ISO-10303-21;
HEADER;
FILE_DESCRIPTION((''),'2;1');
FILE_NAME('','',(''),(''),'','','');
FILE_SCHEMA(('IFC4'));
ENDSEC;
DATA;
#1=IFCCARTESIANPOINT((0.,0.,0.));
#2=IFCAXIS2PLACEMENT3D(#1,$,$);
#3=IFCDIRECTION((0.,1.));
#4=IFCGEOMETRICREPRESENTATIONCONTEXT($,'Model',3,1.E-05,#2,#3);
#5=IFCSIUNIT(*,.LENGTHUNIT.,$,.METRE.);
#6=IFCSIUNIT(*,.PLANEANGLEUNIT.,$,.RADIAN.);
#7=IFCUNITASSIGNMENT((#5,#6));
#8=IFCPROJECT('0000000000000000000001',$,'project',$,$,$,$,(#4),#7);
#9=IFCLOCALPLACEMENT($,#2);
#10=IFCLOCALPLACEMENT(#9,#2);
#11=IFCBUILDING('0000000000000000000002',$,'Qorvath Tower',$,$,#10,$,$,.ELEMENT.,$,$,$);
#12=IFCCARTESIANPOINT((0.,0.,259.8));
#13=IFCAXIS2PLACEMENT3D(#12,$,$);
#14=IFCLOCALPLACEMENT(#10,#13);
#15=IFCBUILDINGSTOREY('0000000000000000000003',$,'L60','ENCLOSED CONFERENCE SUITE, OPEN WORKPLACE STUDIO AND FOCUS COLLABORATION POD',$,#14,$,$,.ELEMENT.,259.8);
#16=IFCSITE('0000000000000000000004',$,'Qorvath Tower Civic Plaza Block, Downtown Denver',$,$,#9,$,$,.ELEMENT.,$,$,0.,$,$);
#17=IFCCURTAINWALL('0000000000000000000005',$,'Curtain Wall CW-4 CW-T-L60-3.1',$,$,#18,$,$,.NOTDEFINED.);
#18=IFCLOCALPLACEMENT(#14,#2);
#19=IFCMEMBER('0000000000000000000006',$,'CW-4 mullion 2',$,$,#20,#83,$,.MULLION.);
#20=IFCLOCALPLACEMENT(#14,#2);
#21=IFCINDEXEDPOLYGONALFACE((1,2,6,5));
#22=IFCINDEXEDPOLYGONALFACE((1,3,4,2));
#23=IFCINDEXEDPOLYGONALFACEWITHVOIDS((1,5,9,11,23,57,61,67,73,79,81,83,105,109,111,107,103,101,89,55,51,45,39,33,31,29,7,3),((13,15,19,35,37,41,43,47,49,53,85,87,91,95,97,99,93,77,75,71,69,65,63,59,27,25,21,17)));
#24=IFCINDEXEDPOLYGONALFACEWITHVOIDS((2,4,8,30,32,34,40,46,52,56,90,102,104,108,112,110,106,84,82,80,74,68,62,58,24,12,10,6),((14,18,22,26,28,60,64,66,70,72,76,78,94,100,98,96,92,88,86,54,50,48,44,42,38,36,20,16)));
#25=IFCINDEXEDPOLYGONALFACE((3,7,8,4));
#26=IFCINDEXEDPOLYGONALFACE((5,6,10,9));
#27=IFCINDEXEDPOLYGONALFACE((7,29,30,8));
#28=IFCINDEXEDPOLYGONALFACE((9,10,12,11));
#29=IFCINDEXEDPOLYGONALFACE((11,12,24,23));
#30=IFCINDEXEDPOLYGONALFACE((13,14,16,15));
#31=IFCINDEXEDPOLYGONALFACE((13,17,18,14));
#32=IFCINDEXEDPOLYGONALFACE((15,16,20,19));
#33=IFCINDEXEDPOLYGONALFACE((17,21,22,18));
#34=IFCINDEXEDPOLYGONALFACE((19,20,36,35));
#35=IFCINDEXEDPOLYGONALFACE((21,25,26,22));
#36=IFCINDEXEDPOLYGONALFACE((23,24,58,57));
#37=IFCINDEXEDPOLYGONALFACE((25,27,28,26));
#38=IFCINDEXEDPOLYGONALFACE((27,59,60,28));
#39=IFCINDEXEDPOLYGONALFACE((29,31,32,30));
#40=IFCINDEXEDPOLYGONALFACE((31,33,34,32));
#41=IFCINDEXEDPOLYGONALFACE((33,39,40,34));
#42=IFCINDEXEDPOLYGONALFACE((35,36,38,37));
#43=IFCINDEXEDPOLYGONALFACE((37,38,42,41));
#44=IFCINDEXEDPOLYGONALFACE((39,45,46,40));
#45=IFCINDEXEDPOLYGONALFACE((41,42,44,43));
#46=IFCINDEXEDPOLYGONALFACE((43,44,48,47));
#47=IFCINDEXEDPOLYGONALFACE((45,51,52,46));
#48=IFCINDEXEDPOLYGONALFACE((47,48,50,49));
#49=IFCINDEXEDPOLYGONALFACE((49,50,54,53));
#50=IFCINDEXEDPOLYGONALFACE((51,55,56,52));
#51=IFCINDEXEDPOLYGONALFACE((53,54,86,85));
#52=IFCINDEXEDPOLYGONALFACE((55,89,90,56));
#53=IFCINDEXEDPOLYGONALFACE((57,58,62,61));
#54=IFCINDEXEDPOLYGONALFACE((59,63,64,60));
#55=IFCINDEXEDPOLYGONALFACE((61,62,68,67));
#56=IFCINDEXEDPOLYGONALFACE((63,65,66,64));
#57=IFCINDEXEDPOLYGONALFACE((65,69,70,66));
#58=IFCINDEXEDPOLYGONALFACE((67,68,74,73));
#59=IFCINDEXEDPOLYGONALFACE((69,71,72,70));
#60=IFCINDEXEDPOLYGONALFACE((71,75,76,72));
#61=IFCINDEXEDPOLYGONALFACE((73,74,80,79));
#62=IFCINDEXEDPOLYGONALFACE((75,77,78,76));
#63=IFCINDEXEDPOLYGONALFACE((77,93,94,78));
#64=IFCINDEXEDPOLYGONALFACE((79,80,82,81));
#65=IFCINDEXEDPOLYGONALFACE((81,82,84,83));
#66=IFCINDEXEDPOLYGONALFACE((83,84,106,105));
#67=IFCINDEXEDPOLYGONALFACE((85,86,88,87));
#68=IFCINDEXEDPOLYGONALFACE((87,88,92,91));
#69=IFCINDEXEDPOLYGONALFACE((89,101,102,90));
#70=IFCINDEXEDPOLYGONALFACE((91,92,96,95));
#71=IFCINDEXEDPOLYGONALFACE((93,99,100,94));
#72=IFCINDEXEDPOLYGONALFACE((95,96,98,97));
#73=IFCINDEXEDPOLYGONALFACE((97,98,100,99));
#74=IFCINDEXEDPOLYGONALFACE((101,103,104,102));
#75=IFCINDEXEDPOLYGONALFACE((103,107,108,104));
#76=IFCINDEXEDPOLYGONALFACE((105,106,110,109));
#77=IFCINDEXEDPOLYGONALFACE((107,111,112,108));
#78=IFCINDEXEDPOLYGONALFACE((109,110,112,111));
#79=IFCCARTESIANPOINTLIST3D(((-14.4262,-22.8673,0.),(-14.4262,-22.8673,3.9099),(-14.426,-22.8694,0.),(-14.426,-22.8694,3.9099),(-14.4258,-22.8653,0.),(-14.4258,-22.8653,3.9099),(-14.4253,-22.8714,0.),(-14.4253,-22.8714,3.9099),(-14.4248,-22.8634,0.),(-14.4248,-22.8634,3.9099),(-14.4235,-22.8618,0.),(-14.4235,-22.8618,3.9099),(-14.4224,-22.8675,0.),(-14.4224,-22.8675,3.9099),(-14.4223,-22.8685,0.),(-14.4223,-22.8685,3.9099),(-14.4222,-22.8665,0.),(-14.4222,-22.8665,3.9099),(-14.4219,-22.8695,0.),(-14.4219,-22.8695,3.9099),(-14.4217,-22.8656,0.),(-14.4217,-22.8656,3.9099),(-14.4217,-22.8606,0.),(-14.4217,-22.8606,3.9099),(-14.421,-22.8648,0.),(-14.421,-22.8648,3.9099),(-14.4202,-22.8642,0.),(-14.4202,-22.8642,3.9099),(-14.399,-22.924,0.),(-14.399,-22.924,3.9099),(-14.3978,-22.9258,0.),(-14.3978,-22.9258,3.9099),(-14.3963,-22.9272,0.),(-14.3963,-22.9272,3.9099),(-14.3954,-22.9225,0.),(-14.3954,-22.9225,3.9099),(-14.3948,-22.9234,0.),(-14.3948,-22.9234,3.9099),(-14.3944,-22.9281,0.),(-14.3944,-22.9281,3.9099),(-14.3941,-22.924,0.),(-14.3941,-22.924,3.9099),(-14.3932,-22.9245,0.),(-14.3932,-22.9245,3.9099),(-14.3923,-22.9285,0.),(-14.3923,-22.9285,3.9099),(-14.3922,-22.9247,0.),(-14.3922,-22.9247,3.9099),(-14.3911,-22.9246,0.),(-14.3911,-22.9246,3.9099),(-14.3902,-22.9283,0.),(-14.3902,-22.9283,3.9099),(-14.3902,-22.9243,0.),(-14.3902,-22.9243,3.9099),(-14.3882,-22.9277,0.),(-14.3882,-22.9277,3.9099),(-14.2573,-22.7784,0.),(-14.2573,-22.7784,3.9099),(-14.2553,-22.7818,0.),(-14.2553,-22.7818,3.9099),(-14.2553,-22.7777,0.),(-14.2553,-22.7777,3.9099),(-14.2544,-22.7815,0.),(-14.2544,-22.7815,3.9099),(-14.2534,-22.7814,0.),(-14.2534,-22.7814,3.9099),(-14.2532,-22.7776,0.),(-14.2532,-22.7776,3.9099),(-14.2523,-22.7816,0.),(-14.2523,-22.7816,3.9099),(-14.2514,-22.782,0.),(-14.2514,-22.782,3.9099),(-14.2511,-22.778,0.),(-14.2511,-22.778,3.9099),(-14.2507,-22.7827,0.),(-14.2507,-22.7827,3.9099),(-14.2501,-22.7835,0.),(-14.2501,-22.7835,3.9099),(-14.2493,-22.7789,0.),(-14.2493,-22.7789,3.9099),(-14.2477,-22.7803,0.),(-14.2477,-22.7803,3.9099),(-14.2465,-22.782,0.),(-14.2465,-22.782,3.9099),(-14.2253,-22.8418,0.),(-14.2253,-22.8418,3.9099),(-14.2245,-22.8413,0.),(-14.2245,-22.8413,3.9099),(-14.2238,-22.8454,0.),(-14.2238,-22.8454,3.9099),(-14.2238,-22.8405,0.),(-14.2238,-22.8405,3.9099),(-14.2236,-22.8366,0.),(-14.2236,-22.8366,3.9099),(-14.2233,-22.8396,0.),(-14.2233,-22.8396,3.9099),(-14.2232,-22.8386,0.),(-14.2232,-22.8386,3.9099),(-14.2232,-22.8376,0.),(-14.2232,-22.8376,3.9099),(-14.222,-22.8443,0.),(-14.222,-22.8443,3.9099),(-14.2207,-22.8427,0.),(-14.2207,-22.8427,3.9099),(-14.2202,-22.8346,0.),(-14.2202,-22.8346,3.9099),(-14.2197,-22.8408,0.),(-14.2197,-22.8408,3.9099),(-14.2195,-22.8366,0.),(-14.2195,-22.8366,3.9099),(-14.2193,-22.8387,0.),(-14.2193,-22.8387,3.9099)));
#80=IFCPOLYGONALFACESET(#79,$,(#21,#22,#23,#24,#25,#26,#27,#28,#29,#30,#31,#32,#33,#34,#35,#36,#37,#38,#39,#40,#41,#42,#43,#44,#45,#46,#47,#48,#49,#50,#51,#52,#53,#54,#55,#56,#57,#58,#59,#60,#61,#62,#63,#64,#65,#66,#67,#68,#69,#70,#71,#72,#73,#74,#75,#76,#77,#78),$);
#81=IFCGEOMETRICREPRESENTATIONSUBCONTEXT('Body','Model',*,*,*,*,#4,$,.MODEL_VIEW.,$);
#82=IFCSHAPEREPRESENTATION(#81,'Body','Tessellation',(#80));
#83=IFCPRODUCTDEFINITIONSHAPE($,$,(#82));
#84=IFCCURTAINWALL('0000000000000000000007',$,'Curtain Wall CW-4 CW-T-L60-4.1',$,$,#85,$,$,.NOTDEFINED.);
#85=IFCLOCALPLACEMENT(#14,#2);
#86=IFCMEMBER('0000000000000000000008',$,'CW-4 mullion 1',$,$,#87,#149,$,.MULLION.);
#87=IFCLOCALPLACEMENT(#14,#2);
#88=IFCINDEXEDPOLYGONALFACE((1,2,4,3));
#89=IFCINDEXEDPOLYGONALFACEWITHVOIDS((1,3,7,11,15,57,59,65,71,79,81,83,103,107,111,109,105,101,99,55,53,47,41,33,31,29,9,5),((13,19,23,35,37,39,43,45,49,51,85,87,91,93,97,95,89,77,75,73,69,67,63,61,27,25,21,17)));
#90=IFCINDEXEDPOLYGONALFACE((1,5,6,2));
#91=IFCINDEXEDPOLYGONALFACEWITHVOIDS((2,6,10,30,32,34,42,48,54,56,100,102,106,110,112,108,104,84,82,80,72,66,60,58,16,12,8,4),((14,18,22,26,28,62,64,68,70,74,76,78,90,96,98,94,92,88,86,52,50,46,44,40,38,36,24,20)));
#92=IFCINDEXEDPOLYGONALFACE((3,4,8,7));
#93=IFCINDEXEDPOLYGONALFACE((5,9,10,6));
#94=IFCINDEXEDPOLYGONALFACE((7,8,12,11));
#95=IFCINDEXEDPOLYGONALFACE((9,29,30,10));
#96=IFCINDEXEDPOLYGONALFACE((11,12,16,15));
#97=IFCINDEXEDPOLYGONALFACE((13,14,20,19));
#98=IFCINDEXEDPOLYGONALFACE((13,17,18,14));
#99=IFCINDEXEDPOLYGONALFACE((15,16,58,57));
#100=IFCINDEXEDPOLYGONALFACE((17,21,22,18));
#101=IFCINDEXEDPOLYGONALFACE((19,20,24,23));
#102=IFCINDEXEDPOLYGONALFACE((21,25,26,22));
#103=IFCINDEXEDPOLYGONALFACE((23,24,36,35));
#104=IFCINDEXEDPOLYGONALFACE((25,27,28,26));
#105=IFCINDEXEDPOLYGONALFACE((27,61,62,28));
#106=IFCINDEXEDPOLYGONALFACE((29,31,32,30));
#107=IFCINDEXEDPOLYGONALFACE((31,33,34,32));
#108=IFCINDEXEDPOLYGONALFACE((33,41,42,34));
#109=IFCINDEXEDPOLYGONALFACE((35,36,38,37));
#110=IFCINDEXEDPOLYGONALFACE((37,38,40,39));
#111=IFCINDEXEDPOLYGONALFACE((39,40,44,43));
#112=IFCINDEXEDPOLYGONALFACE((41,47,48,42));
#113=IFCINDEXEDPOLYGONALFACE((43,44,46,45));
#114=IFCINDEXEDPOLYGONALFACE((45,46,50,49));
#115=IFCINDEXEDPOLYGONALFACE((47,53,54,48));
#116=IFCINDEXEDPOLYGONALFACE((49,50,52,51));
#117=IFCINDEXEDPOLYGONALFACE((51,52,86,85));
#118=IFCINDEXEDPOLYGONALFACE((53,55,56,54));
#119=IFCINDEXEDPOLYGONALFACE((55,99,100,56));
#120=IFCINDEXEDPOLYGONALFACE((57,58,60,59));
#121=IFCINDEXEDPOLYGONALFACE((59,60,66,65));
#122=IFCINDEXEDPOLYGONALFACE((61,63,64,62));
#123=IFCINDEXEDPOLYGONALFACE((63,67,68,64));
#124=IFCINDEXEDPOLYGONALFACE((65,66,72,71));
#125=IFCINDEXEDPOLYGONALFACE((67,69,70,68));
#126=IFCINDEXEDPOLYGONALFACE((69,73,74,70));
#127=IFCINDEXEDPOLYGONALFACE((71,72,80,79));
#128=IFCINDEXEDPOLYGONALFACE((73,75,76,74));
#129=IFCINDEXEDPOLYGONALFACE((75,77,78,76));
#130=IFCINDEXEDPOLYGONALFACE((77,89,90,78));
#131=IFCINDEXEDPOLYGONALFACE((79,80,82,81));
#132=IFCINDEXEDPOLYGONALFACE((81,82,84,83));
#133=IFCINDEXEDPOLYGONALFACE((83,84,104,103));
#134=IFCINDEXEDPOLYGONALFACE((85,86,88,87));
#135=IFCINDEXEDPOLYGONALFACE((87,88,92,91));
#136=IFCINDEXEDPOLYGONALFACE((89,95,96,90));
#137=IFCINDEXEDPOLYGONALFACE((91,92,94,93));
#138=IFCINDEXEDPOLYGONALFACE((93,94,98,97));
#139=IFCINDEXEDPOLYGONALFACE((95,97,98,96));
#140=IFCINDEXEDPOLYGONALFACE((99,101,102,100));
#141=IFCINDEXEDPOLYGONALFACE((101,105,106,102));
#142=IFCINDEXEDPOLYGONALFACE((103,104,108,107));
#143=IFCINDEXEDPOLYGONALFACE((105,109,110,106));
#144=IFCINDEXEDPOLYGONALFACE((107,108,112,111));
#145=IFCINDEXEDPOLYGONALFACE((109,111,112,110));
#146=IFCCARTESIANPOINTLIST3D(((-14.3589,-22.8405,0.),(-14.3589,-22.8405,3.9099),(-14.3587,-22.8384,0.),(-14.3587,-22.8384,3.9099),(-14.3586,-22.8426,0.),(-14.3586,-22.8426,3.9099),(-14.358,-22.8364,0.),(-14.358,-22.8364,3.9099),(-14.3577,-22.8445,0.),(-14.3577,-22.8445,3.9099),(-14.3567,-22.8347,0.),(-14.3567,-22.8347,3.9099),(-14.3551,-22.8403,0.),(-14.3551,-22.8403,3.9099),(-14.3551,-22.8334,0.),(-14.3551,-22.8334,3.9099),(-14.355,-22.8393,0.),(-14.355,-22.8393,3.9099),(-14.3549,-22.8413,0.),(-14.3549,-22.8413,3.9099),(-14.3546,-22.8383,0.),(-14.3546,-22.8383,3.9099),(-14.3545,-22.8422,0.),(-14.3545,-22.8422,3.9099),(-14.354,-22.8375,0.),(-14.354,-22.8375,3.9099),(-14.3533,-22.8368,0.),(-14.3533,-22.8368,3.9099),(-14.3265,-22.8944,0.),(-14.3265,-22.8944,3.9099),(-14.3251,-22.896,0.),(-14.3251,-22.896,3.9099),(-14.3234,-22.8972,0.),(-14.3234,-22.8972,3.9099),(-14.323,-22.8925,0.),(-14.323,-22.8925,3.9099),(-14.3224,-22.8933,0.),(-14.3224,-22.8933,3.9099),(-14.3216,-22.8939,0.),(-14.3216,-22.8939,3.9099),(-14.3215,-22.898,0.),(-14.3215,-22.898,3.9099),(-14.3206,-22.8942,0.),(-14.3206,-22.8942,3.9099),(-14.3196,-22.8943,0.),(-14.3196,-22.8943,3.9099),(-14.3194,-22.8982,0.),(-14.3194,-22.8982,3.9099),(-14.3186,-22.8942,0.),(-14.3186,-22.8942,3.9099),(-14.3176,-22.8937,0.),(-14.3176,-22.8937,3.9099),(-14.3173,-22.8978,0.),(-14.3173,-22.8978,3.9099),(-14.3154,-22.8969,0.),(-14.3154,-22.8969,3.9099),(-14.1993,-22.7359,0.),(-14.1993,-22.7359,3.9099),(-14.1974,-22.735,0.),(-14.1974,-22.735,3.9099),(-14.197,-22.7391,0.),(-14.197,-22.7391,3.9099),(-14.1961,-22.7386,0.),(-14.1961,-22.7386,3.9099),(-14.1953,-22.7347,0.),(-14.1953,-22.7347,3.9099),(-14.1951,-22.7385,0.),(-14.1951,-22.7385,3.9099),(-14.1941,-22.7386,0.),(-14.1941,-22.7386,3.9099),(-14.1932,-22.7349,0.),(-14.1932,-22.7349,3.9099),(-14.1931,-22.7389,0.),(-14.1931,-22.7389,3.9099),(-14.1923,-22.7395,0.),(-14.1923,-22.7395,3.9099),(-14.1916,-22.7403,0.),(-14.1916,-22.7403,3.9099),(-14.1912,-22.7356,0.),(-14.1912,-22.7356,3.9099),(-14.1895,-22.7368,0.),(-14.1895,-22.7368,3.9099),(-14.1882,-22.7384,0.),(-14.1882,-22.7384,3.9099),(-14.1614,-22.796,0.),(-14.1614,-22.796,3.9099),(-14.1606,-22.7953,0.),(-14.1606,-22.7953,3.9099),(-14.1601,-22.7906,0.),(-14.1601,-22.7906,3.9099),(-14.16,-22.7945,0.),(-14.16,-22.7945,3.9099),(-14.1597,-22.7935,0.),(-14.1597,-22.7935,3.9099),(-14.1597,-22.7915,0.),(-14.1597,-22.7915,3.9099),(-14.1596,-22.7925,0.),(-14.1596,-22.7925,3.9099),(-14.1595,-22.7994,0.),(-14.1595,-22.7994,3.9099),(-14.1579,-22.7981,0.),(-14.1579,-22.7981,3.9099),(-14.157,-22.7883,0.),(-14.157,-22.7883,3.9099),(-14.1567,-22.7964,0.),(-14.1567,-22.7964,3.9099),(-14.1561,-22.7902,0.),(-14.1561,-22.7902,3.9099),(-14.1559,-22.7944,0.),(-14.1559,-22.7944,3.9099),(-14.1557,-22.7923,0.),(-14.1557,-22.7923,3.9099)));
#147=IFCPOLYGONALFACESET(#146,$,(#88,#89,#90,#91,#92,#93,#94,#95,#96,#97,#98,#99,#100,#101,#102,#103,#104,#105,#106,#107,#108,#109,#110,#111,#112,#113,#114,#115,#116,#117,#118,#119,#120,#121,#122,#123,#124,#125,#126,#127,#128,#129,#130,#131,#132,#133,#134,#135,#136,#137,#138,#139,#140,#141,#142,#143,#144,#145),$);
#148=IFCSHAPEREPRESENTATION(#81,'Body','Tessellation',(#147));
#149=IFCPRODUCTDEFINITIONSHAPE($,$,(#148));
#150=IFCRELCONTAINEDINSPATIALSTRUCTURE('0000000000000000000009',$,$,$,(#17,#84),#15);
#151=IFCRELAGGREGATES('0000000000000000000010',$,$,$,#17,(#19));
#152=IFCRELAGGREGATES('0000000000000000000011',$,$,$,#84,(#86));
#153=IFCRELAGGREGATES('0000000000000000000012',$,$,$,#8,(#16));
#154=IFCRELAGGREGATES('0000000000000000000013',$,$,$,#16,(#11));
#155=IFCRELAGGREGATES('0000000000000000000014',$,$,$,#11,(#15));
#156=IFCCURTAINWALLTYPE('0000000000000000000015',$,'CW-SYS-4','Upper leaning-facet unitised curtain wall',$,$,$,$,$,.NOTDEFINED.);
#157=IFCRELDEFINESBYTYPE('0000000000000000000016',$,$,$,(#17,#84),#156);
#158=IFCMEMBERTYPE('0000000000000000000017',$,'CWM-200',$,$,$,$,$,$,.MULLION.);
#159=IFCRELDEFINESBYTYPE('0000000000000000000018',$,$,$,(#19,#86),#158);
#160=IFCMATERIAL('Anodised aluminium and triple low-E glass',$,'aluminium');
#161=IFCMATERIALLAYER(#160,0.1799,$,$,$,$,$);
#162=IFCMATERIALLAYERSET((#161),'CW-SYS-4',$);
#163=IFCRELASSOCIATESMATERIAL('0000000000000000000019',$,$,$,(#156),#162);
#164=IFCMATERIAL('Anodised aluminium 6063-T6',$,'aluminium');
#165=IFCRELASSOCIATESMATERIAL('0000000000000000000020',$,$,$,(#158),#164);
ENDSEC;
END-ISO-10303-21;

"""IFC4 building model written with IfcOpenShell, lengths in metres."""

from ifc_helpers import new_model, si_unit, direction, frame, origin, origin_2d, place, context, subcontext, project, spatial, hollow_rectangle, extrude, material, layer, layer_set, material_profile, profile_set, type_object, element, aggregate, save


model = new_model("IFC4")

# Units and contexts
model_context = context("Model", 3, precision=1e-05, world=origin(), true_north=direction((0.0, 1.0)))
body_context = subcontext(model_context, "Body", "Model", "MODEL_VIEW")
ifc_project = project(units=[si_unit("LENGTHUNIT", "METRE"), si_unit("PLANEANGLEUNIT", "RADIAN")], contexts=[model_context])

# Site, building, storey
site_placement = place(None, origin())
site = spatial("IfcSite", under=ifc_project, at=site_placement, Name="Qorvath Tower Civic Plaza Block, Downtown Denver", CompositionType="ELEMENT", RefElevation=0.0)
building_placement = place(site_placement, origin())
building = spatial("IfcBuilding", under=site, at=building_placement, Name="Qorvath Tower", CompositionType="ELEMENT")
storey_placement = place(building_placement, frame((0.0, 0.0, 259.8)))
storey = spatial("IfcBuildingStorey", under=building, at=storey_placement, Name="L60", Description="ENCLOSED CONFERENCE SUITE, OPEN WORKPLACE STUDIO AND FOCUS COLLABORATION POD", CompositionType="ELEMENT", Elevation=259.8)

# Curtain wall, member
ifc_material_1 = material(Name="Anodised aluminium and triple low-E glass", Category="aluminium")
ifc_layer_1 = layer(ifc_material_1, 0.1799)
ifc_layer_set_1 = layer_set([ifc_layer_1], Name="CW-SYS-4")
curtain_wall_type = type_object("IfcCurtainWallType", Name="CW-SYS-4", Description="Upper leaning-facet unitised curtain wall", PredefinedType="NOTDEFINED", material=ifc_layer_set_1)
curtain_wall_1_placement = place(storey_placement, origin())
curtain_wall_1 = element("IfcCurtainWall", 1, at=curtain_wall_1_placement, inside=storey, type_object=curtain_wall_type, Name="Curtain Wall CW-4 CW-T-L60-3.1", PredefinedType="NOTDEFINED")
ifc_material_2 = material(Name="Anodised aluminium 6063-T6", Category="aluminium")
ifc_material_profile_1 = material_profile(ifc_material_2, hollow_rectangle(XDim=0.075, YDim=0.2, WallThickness=0.0039, InnerFilletRadius=0.0039, OuterFilletRadius=0.0081, at=origin_2d()), Name="CWM 200x75")
ifc_profile_set_1 = profile_set([ifc_material_profile_1], Name="Anodised aluminium 6063-T6")
member_type_1 = type_object("IfcMemberType", Name="CWM-200", PredefinedType="MULLION", material=ifc_profile_set_1)
member_1_placement = place(storey_placement, frame((-14.3228, -22.853, 0.0), z_axis=(0.0, 0.0, 1.0), x_axis=(-0.447193, 0.894437, 0.0)))
member_1 = element("IfcMember", 2, at=member_1_placement, type_object=member_type_1, Name="CW-4 mullion 2", PredefinedType="MULLION", context=body_context, shape_type="SweptSolid", body=[
    extrude(hollow_rectangle(XDim=0.075, YDim=0.2, WallThickness=0.0039, InnerFilletRadius=0.0039, OuterFilletRadius=0.0081, at=origin_2d()), origin(), (0.0, 0.0, 1.0), 3.9099),
])
aggregate(curtain_wall_1, [member_1])

# Curtain wall, member
curtain_wall_2_placement = place(storey_placement, origin())
curtain_wall_2 = element("IfcCurtainWall", 3, at=curtain_wall_2_placement, inside=storey, type_object=curtain_wall_type, Name="Curtain Wall CW-4 CW-T-L60-4.1", PredefinedType="NOTDEFINED")
member_2_placement = place(storey_placement, frame((-14.2573, -22.8164, 0.0), z_axis=(0.0, 0.0, 1.0), x_axis=(-0.530412, 0.84774, 0.0)))
member_2 = element("IfcMember", 4, at=member_2_placement, type_object=member_type_1, Name="CW-4 mullion 1", PredefinedType="MULLION", context=body_context, shape_type="SweptSolid", body=[
    extrude(hollow_rectangle(XDim=0.075, YDim=0.2, WallThickness=0.0039, InnerFilletRadius=0.0039, OuterFilletRadius=0.0081, at=origin_2d()), origin(), (0.0, 0.0, 1.0), 3.9099),
])

aggregate(curtain_wall_2, [member_2])

save(model, "model.ifc")
